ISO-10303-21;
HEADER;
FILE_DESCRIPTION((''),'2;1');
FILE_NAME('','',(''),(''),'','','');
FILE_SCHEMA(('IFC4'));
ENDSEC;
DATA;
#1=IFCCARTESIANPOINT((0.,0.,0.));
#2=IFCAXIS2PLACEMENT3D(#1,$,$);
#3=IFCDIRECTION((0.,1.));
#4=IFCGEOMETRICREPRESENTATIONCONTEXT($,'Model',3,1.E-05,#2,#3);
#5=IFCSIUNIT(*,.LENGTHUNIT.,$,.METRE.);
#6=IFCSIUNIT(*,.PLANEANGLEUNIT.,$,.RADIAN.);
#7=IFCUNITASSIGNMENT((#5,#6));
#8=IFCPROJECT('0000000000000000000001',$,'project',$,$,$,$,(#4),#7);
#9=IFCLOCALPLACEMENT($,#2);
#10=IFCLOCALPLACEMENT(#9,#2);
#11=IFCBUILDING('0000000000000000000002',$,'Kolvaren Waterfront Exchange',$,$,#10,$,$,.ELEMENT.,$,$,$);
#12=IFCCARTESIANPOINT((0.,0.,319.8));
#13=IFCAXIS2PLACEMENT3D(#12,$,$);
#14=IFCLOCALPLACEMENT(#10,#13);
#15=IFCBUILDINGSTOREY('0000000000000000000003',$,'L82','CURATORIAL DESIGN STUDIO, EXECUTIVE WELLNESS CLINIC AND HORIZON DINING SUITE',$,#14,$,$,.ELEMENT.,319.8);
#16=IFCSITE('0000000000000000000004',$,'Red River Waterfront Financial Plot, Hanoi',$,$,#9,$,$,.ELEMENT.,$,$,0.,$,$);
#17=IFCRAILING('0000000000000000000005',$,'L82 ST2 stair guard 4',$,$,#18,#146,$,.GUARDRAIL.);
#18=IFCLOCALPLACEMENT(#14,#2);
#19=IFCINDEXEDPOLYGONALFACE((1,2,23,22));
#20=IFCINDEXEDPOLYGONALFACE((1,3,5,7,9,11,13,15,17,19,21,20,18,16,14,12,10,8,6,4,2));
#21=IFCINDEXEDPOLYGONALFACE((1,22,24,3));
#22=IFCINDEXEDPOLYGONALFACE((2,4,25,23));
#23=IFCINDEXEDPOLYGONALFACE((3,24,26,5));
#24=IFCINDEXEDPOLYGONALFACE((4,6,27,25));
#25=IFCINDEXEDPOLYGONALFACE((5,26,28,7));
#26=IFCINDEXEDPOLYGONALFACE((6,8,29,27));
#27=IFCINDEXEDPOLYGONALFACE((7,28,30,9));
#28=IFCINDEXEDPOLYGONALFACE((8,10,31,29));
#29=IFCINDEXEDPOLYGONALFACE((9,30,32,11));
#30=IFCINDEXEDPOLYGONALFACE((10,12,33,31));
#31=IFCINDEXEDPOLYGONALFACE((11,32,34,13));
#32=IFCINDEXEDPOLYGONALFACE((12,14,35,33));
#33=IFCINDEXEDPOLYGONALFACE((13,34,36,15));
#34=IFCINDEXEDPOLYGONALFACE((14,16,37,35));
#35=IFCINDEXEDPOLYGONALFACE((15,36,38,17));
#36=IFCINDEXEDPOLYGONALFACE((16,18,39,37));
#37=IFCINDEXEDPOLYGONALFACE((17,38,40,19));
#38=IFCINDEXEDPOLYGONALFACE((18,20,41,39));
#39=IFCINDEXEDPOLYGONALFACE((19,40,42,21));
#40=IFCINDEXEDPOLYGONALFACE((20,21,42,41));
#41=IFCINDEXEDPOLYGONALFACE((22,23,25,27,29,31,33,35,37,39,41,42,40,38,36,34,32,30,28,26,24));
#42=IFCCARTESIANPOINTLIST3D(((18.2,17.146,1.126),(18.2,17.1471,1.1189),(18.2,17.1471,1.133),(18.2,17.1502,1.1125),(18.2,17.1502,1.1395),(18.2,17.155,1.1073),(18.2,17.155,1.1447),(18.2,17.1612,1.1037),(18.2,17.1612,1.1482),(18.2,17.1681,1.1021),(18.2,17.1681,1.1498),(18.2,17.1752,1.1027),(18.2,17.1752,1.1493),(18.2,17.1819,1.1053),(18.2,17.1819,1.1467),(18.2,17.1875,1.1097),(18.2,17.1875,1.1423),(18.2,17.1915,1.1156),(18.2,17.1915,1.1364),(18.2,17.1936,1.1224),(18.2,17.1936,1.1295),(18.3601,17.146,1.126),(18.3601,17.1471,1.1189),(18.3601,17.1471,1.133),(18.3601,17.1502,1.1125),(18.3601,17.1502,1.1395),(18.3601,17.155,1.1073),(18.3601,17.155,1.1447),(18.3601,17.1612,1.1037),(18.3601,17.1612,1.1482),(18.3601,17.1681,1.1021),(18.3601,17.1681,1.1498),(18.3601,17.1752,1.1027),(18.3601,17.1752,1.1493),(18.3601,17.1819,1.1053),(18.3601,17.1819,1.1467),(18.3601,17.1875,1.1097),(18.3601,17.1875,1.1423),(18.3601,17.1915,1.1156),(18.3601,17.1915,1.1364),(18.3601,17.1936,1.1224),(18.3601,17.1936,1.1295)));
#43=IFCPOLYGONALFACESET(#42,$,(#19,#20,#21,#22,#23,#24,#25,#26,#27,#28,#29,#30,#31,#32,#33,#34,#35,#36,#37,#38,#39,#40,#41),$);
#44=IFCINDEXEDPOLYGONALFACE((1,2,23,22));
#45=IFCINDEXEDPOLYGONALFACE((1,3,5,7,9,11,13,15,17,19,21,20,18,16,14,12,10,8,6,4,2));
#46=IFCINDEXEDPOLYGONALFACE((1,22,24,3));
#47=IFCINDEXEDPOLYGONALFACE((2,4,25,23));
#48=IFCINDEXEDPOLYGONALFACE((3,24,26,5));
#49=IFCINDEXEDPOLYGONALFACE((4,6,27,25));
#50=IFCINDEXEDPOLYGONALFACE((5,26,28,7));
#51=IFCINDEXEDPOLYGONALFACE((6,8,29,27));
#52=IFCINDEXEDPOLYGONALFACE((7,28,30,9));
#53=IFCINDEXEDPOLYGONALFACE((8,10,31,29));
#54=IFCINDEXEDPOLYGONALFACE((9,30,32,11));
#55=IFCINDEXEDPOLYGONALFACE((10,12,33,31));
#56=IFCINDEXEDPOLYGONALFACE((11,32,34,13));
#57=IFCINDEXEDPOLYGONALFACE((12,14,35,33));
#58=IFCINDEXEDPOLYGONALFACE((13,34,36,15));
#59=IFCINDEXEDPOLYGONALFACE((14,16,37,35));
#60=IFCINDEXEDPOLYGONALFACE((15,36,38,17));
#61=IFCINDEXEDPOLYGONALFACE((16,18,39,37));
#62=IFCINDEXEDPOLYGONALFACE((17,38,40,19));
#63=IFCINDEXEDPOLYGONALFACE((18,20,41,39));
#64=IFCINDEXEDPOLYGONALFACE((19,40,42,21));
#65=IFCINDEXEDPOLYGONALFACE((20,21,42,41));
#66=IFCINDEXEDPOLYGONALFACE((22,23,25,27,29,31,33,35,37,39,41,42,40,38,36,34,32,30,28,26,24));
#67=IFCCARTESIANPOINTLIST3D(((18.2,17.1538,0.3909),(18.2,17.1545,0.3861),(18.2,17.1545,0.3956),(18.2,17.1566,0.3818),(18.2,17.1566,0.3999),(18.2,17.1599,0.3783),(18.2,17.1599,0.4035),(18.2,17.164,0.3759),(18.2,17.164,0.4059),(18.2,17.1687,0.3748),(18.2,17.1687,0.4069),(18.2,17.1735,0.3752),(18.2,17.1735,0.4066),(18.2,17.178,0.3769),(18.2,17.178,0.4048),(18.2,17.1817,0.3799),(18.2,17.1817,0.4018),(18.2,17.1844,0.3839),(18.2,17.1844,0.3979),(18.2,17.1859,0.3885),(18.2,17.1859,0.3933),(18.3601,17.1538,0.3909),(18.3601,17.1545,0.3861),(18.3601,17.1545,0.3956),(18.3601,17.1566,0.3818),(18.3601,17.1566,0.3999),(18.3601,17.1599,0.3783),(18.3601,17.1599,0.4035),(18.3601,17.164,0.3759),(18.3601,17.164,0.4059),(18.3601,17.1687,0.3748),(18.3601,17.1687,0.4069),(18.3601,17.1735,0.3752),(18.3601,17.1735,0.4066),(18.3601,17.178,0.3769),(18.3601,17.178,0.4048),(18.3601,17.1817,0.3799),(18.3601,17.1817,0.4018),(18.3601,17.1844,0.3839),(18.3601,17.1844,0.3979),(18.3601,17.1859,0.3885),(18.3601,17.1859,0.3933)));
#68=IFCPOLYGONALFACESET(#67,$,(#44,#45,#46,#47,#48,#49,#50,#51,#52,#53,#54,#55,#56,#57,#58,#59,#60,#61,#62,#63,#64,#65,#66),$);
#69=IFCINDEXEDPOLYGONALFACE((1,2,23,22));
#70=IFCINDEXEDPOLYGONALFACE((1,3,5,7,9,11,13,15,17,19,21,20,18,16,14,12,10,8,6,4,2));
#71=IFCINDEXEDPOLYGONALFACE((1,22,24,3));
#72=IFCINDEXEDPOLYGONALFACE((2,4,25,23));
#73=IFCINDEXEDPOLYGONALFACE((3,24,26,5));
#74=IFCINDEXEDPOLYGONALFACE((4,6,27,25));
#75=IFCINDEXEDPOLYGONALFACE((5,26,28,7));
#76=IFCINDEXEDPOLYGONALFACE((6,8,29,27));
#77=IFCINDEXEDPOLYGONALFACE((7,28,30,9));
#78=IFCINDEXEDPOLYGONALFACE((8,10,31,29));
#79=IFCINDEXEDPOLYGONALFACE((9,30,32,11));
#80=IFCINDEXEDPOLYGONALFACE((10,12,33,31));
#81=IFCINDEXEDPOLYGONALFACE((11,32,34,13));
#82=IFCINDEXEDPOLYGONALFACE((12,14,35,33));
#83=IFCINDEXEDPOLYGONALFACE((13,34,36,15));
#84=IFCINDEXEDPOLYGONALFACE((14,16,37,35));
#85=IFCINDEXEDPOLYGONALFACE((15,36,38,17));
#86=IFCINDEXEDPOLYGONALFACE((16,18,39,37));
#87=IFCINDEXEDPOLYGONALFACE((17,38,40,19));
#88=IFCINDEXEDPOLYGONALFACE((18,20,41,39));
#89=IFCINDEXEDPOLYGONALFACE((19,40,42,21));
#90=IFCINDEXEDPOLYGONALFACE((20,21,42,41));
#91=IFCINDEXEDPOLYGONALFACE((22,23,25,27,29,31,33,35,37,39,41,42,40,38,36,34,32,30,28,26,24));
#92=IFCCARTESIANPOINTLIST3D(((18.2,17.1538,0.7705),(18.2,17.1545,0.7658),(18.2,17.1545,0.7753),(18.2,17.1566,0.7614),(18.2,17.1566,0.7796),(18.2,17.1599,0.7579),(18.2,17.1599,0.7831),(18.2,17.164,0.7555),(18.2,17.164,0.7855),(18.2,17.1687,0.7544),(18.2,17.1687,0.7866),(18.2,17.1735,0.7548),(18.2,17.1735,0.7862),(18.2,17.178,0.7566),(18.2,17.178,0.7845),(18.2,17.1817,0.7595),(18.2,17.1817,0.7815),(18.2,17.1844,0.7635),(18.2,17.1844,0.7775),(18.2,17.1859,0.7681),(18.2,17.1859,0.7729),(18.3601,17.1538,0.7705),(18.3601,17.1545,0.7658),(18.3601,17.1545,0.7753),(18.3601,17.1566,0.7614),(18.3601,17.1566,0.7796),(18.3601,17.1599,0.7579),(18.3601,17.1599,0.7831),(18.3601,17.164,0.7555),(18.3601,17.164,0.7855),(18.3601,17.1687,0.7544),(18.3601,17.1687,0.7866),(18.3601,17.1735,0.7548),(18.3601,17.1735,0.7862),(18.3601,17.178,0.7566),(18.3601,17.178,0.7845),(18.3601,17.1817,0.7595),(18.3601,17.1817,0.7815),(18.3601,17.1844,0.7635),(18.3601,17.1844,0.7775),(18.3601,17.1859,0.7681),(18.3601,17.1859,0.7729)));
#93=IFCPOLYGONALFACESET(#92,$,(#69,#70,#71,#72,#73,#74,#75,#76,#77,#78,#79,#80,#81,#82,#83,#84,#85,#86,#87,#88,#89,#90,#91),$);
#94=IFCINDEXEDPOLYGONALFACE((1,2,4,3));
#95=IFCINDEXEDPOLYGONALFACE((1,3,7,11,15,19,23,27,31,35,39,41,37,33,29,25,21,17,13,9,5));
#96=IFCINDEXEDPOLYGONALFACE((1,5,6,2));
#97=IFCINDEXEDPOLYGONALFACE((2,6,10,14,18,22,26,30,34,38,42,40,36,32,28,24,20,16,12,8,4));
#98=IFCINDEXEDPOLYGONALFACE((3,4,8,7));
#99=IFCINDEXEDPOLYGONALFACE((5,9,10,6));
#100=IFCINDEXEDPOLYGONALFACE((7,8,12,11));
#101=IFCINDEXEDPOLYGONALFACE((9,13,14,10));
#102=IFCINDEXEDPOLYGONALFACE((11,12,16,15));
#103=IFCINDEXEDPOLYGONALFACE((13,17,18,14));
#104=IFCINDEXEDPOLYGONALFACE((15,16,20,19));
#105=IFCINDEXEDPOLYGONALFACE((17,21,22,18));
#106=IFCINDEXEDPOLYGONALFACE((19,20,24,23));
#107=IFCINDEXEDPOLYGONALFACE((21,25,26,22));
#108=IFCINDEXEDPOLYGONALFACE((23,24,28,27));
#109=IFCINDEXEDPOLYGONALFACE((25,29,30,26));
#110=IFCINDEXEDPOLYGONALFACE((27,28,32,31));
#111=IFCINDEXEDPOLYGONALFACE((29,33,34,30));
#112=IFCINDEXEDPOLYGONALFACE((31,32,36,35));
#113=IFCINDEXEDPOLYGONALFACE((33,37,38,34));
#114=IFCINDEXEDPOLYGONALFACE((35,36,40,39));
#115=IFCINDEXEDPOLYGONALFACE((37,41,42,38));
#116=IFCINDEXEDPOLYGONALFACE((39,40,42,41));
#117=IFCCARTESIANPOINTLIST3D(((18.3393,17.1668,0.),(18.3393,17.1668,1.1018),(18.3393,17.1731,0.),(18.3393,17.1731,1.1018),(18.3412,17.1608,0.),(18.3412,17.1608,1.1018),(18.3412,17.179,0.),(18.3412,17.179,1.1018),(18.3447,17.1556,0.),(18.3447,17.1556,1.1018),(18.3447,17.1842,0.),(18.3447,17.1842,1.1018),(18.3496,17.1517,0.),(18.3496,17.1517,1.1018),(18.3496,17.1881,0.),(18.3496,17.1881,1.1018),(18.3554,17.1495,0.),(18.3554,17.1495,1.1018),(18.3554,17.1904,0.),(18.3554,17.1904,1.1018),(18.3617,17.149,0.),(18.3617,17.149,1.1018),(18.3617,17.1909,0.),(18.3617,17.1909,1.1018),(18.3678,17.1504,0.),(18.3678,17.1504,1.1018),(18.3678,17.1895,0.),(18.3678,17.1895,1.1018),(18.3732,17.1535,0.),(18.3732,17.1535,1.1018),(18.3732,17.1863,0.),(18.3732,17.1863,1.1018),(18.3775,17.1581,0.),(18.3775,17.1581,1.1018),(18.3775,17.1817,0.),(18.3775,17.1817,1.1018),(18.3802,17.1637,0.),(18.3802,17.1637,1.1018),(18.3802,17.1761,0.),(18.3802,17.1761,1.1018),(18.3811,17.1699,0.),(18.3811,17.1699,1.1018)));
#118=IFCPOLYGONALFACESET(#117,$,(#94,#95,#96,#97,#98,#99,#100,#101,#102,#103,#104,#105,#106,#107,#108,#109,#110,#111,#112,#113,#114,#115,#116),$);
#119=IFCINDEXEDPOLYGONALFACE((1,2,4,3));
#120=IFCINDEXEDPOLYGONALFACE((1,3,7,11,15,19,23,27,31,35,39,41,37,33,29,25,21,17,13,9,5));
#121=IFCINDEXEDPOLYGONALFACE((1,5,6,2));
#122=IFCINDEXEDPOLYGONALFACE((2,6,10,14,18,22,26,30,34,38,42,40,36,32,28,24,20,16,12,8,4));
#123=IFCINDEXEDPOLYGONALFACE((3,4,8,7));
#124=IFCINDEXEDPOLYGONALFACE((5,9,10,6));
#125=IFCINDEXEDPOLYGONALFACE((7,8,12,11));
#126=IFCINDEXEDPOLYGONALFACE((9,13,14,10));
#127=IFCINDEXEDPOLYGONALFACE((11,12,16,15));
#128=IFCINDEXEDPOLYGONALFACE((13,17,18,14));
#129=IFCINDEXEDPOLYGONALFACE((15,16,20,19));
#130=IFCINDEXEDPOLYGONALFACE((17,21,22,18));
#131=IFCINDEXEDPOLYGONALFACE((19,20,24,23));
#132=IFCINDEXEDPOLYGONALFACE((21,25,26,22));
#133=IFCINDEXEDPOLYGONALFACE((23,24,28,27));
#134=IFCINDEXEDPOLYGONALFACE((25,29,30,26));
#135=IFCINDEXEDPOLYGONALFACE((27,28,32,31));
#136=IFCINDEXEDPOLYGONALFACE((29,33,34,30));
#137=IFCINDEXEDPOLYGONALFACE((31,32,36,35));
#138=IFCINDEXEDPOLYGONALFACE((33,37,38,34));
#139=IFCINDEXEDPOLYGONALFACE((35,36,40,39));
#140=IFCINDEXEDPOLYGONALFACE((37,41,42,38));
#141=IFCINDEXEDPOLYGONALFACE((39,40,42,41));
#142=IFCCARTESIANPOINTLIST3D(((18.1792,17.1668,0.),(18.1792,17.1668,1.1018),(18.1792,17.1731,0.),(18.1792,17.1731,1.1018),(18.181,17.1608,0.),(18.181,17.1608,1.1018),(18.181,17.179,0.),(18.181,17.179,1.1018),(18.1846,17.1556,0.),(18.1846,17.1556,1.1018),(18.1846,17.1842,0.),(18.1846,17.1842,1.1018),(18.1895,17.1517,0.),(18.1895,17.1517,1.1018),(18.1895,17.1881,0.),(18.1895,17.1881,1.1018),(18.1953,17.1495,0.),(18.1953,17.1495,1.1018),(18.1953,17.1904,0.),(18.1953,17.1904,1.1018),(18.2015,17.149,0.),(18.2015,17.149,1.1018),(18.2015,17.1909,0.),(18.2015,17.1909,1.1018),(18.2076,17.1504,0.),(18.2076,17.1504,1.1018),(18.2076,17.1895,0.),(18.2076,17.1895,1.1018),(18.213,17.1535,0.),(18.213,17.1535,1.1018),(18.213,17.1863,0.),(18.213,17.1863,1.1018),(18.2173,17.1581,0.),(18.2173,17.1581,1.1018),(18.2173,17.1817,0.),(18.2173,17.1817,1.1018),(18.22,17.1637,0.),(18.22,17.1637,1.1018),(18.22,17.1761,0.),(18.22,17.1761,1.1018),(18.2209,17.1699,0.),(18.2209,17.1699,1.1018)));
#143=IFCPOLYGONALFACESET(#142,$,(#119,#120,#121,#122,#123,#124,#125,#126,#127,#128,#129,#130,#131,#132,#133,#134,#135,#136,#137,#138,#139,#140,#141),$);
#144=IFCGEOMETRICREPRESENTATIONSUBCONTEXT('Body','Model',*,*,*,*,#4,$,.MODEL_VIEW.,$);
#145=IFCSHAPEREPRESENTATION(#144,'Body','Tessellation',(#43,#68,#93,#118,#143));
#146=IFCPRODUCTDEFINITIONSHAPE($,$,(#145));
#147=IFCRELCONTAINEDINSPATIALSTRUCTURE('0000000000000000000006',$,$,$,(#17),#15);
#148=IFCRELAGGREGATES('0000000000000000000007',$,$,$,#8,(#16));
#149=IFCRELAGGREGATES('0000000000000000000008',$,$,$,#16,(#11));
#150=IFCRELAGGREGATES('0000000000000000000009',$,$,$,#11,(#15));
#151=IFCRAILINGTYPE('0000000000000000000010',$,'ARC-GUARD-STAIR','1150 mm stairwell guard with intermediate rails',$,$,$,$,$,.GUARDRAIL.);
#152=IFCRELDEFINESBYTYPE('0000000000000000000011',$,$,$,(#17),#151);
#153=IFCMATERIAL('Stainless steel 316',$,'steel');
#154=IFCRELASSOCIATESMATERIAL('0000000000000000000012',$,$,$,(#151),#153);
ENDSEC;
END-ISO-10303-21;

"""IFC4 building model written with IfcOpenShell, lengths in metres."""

from ifc_helpers import new_model, si_unit, direction, frame, origin, origin_2d, place, context, subcontext, project, spatial, circle, extrude, material, type_object, element, save


model = new_model("IFC4")

# Units and contexts
model_context = context("Model", 3, precision=1e-05, world=origin(), true_north=direction((0.0, 1.0)))
body_context = subcontext(model_context, "Body", "Model", "MODEL_VIEW")
ifc_project = project(units=[si_unit("LENGTHUNIT", "METRE"), si_unit("PLANEANGLEUNIT", "RADIAN")], contexts=[model_context])

# Site, building, storey
site_placement = place(None, origin())
site = spatial("IfcSite", under=ifc_project, at=site_placement, Name="Red River Waterfront Financial Plot, Hanoi", CompositionType="ELEMENT", RefElevation=0.0)
building_placement = place(site_placement, origin())
building = spatial("IfcBuilding", under=site, at=building_placement, Name="Kolvaren Waterfront Exchange", CompositionType="ELEMENT")
storey_placement = place(building_placement, frame((0.0, 0.0, 319.8)))
storey = spatial("IfcBuildingStorey", under=building, at=storey_placement, Name="L82", Description="CURATORIAL DESIGN STUDIO, EXECUTIVE WELLNESS CLINIC AND HORIZON DINING SUITE", CompositionType="ELEMENT", Elevation=319.8)

# Railing
ifc_material_1 = material(Name="Stainless steel 316", Category="steel")
railing_type_1 = type_object("IfcRailingType", Name="ARC-GUARD-STAIR", Description="1150 mm stairwell guard with intermediate rails", PredefinedType="GUARDRAIL", material=ifc_material_1)
railing_1_placement = place(storey_placement, frame((18.3601, 17.1699, 0.0)))
element("IfcRailing", 1, at=railing_1_placement, inside=storey, type_object=railing_type_1, Name="L82 ST2 stair guard 4", PredefinedType="GUARDRAIL", context=body_context, shape_type="SweptSolid", body=[
    extrude(circle(Radius=0.0239, at=origin_2d()), frame((0.0, 0.0, 1.126), z_axis=(-1.0, 0.0, 0.0), x_axis=(0.0, -1.0, 0.0)), (0.0, 0.0, 1.0), 0.1602),
    extrude(circle(Radius=0.0161, at=origin_2d()), frame((0.0, 0.0, 0.3909), z_axis=(-1.0, 0.0, 0.0), x_axis=(0.0, -1.0, 0.0)), (0.0, 0.0, 1.0), 0.1602),
    extrude(circle(Radius=0.0161, at=origin_2d()), frame((0.0, 0.0, 0.7705), z_axis=(-1.0, 0.0, 0.0), x_axis=(0.0, -1.0, 0.0)), (0.0, 0.0, 1.0), 0.1602),
    extrude(circle(Radius=0.021, at=origin_2d()), origin(), (0.0, 0.0, 1.0), 1.1018),
    extrude(circle(Radius=0.021, at=origin_2d()), frame((-0.1602, 0.0, 0.0)), (0.0, 0.0, 1.0), 1.1018),
])

save(model, "model.ifc")
